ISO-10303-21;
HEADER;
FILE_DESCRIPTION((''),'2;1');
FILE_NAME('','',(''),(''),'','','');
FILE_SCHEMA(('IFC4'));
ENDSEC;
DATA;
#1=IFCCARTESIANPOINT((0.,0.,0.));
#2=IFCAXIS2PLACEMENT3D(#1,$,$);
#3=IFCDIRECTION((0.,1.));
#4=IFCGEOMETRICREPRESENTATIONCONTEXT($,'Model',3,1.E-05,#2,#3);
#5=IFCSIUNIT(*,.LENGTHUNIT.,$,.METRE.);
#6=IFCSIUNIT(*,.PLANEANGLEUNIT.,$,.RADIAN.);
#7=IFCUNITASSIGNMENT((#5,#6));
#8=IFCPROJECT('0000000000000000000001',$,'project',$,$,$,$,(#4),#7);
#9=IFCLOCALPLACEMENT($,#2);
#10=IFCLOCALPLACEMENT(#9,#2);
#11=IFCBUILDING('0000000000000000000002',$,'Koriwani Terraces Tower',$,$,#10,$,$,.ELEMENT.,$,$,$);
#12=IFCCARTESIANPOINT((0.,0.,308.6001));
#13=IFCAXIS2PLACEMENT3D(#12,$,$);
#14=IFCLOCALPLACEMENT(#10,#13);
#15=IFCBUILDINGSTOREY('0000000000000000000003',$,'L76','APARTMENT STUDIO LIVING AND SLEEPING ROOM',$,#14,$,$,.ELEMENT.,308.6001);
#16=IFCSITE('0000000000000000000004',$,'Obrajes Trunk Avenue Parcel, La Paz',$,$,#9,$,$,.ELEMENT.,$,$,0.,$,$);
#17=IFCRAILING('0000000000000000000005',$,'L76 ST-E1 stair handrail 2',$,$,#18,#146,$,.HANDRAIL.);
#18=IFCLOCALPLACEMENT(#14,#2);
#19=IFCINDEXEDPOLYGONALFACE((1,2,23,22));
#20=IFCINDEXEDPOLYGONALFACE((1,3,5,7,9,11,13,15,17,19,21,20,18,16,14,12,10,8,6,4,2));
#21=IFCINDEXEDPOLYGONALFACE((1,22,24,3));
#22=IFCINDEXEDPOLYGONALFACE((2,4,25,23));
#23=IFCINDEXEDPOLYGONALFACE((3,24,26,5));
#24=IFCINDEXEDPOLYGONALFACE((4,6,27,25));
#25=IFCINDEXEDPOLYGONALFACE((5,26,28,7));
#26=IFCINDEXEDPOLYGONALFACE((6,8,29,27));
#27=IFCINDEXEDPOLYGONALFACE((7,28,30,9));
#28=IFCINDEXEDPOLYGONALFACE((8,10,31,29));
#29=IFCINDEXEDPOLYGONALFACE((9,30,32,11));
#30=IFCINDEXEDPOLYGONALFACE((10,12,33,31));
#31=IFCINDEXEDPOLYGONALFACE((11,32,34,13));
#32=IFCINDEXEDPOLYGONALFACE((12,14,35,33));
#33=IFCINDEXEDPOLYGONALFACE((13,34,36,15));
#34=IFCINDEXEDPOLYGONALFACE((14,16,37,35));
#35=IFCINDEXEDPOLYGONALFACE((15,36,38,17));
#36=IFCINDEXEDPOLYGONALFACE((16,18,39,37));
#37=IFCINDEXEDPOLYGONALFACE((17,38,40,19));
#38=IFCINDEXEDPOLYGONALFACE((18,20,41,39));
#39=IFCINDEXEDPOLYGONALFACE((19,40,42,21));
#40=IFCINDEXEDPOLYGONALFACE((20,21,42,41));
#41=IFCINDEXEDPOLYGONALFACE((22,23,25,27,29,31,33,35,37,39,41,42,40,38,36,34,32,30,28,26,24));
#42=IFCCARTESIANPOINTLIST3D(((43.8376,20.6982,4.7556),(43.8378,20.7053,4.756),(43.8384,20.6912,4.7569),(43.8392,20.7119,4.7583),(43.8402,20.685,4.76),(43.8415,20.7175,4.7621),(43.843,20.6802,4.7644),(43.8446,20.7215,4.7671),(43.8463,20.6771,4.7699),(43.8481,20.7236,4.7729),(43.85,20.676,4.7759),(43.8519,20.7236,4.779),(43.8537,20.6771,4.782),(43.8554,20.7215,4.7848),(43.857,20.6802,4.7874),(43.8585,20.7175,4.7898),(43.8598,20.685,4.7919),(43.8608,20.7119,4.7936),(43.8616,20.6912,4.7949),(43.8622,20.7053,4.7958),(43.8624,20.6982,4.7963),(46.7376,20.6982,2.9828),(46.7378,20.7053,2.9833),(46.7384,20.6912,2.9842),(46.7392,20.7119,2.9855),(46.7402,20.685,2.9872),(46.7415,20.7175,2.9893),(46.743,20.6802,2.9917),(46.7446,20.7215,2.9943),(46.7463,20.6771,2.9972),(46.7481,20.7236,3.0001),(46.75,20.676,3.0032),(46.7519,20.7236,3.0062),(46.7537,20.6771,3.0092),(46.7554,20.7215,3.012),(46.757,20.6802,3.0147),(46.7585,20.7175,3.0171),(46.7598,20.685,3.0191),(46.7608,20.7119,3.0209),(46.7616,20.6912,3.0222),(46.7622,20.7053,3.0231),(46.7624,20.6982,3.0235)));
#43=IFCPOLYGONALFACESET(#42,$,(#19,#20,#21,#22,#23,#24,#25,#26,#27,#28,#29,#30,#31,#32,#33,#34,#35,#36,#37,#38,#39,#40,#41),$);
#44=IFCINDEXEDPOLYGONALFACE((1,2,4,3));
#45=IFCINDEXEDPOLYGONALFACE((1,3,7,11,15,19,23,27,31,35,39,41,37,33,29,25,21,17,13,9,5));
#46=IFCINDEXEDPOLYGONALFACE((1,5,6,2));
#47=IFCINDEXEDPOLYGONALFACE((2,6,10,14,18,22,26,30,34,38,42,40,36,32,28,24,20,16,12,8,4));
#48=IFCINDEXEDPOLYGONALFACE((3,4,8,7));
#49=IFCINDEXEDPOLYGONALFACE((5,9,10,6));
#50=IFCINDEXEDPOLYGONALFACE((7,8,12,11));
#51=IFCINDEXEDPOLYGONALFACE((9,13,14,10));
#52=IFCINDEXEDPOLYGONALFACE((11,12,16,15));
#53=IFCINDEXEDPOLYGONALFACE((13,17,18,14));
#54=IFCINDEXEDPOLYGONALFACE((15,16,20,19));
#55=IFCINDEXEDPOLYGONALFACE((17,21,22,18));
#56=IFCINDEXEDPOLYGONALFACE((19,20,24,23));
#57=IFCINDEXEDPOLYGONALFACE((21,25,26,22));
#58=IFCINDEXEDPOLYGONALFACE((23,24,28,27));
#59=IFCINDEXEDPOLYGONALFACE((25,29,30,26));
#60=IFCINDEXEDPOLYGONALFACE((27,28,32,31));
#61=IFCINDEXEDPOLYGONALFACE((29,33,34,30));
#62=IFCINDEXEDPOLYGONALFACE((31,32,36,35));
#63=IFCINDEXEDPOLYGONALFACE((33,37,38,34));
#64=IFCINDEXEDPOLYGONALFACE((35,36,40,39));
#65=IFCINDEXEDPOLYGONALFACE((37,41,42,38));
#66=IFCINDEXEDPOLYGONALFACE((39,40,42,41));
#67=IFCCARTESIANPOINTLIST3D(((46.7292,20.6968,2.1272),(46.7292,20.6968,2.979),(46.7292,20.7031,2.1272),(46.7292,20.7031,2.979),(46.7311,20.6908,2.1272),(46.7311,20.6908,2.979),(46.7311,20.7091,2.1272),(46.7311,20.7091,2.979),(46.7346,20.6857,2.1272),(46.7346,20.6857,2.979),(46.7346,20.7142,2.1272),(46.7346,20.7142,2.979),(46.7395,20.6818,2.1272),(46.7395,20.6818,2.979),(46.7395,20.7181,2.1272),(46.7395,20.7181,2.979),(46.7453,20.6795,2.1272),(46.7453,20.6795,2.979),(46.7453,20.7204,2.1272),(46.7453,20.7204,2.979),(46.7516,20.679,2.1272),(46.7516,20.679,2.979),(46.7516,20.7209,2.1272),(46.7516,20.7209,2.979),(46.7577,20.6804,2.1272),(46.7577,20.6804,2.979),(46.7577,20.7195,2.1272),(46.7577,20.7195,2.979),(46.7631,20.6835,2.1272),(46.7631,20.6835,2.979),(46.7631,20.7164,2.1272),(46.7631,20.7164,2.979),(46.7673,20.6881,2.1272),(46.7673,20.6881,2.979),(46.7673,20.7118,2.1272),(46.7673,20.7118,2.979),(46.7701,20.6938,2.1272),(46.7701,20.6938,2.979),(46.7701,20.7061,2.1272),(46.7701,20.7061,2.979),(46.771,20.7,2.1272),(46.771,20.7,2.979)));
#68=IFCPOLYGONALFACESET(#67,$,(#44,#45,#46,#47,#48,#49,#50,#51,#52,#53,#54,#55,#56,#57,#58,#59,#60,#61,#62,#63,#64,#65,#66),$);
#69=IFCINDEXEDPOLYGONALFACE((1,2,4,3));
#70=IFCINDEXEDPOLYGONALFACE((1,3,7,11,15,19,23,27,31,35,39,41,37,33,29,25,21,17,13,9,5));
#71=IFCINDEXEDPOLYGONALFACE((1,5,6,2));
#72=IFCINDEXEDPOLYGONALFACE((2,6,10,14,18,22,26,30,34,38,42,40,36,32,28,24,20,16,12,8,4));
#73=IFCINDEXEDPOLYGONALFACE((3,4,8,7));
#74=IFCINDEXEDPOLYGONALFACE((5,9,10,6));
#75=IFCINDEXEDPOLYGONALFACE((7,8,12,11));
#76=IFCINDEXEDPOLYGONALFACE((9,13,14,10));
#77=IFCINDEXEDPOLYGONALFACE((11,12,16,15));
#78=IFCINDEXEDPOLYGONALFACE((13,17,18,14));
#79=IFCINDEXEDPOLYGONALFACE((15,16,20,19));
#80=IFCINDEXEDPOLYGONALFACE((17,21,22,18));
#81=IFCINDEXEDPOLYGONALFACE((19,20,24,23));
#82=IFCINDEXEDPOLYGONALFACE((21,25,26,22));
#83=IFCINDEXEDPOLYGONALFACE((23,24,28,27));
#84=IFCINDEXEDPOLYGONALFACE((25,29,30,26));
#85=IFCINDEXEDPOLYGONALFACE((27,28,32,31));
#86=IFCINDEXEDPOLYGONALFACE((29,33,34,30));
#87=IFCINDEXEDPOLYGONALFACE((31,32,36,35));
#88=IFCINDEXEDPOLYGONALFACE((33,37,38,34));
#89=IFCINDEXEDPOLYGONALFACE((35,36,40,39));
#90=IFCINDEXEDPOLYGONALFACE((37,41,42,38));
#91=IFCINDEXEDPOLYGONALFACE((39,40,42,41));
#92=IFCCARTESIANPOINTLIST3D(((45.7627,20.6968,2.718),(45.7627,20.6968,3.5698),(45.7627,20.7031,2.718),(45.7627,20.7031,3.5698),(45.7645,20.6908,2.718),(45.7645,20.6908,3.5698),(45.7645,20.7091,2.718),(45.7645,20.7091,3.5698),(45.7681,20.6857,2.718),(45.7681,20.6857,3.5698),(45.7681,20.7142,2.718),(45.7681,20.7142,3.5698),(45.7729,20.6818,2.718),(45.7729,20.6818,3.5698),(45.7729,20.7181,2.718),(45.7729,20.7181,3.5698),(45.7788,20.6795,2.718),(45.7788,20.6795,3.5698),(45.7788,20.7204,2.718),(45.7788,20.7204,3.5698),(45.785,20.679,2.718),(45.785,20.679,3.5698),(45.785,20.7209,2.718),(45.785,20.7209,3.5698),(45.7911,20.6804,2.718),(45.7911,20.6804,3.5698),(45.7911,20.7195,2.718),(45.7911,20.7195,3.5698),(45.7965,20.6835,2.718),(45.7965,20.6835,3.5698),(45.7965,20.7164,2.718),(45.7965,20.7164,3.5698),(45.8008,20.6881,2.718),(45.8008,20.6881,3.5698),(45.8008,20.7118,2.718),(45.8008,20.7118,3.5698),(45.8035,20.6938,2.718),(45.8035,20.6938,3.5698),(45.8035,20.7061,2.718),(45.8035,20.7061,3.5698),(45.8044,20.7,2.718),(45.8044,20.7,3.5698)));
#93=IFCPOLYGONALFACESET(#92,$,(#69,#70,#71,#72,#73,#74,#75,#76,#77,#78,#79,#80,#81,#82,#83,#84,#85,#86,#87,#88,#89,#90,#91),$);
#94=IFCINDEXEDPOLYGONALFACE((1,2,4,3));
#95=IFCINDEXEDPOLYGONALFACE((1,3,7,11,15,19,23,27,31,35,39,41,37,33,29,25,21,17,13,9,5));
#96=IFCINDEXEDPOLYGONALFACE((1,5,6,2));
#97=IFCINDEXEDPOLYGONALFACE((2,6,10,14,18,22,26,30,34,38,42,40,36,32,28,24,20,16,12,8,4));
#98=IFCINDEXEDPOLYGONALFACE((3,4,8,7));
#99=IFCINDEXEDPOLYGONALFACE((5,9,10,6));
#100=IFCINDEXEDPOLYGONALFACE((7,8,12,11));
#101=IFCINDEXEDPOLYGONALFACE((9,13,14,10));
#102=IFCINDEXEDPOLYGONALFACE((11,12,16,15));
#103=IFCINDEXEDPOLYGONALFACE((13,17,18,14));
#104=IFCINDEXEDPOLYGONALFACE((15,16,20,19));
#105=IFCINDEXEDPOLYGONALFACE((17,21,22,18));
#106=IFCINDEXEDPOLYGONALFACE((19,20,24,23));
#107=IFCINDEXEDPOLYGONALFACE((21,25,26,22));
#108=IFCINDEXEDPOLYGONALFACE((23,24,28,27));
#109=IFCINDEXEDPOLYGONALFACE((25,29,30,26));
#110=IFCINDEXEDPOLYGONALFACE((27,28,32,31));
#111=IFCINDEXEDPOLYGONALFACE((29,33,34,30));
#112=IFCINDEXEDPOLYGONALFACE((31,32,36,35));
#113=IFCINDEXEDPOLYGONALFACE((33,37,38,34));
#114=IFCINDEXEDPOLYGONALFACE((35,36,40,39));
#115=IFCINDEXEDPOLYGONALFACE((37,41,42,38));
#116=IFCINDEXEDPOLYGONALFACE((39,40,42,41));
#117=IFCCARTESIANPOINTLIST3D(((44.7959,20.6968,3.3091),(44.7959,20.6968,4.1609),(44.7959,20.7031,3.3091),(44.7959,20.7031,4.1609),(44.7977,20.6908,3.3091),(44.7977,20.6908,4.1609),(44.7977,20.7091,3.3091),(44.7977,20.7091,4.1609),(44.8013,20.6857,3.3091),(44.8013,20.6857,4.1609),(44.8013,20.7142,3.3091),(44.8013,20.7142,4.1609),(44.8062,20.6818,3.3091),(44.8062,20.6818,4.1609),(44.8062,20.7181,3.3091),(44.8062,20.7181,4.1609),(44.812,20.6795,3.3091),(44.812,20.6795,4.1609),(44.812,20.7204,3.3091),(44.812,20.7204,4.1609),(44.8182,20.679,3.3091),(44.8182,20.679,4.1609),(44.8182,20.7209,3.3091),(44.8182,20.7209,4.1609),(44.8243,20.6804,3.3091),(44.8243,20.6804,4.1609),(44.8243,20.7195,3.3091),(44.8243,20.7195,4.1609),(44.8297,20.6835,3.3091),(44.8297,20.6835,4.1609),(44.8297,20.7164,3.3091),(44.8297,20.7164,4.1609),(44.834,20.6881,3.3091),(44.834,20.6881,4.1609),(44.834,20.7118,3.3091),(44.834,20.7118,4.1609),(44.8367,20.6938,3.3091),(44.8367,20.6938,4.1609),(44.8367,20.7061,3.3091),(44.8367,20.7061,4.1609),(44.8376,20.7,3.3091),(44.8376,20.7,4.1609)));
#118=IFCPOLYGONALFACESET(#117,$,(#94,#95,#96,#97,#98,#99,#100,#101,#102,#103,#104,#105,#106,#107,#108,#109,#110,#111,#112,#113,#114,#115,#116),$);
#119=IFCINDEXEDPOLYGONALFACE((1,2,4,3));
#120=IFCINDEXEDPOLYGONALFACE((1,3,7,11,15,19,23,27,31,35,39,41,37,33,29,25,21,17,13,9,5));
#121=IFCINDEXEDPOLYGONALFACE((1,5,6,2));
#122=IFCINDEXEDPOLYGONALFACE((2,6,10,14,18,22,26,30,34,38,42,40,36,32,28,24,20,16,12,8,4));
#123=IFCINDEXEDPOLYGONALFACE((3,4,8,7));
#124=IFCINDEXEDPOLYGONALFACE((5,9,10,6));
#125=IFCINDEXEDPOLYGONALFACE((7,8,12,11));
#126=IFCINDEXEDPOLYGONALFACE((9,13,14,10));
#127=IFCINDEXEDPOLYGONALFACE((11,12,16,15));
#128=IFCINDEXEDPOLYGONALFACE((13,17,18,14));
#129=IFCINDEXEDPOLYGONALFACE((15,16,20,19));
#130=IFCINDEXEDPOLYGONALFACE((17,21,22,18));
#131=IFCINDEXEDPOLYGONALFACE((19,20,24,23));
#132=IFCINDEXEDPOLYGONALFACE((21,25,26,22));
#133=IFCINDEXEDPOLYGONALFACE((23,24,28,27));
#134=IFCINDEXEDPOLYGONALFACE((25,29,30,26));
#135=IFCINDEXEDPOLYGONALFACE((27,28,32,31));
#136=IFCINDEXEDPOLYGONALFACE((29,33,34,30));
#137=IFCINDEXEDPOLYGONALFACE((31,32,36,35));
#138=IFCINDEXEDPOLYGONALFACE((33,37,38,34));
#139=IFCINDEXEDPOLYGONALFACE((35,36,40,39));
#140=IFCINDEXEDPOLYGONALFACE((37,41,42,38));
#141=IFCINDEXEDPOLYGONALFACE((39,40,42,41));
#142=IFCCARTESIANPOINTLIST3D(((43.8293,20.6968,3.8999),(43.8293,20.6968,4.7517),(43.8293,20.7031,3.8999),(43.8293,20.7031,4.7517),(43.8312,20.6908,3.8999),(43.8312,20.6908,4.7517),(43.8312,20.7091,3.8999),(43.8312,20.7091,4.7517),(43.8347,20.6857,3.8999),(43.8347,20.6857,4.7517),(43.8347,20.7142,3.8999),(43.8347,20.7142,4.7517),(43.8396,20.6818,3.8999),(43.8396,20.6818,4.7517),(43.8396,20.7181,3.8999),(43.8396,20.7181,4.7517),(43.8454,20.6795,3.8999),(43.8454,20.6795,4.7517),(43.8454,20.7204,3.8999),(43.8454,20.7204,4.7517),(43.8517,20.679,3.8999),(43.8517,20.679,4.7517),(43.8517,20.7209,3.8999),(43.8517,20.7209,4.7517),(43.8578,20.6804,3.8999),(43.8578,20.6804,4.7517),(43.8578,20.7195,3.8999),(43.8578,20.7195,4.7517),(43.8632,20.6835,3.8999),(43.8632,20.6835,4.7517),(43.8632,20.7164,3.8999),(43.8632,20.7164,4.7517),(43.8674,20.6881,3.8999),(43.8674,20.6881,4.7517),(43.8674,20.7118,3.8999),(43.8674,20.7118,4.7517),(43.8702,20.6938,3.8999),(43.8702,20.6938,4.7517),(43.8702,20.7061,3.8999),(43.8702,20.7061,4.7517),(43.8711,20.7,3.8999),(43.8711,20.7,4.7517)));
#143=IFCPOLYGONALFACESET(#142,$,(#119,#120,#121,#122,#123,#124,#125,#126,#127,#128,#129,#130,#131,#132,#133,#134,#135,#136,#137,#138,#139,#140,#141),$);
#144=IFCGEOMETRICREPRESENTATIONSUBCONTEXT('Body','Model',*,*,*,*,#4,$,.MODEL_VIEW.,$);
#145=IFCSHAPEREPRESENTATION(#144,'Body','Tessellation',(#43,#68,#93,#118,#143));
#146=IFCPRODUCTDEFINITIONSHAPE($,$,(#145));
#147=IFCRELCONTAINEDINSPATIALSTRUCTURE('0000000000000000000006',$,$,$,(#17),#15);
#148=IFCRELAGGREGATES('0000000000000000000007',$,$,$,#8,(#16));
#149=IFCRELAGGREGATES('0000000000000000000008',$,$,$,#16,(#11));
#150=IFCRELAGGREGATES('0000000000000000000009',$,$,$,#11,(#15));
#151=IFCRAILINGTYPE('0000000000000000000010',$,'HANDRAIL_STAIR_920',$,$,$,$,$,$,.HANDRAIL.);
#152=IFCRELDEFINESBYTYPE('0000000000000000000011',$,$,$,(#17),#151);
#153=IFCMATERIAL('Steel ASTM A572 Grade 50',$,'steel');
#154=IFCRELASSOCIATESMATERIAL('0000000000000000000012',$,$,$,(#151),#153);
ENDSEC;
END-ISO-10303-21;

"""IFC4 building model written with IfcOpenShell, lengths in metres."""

from ifc_helpers import new_model, si_unit, direction, frame, origin, origin_2d, place, context, subcontext, project, spatial, circle, extrude, material, type_object, element, save


model = new_model("IFC4")

# Units and contexts
model_context = context("Model", 3, precision=1e-05, world=origin(), true_north=direction((0.0, 1.0)))
body_context = subcontext(model_context, "Body", "Model", "MODEL_VIEW")
ifc_project = project(units=[si_unit("LENGTHUNIT", "METRE"), si_unit("PLANEANGLEUNIT", "RADIAN")], contexts=[model_context])

# Site, building, storey
site_placement = place(None, origin())
site = spatial("IfcSite", under=ifc_project, at=site_placement, Name="Obrajes Trunk Avenue Parcel, La Paz", CompositionType="ELEMENT", RefElevation=0.0)
building_placement = place(site_placement, origin())
building = spatial("IfcBuilding", under=site, at=building_placement, Name="Koriwani Terraces Tower", CompositionType="ELEMENT")
storey_placement = place(building_placement, frame((0.0, 0.0, 308.6001)))
storey = spatial("IfcBuildingStorey", under=building, at=storey_placement, Name="L76", Description="APARTMENT STUDIO LIVING AND SLEEPING ROOM", CompositionType="ELEMENT", Elevation=308.6001)

# Shared definitions
ifc_material_1 = material(Name="Steel ASTM A572 Grade 50", Category="steel")

# Railing
railing_type_1 = type_object("IfcRailingType", Name="HANDRAIL_STAIR_920", PredefinedType="HANDRAIL", material=ifc_material_1)
railing_1_placement = place(storey_placement, frame((46.75, 20.7, 2.1272)))
element("IfcRailing", 1, at=railing_1_placement, inside=storey, type_object=railing_type_1, Name="L76 ST-E1 stair handrail 2", PredefinedType="HANDRAIL", context=body_context, shape_type="SweptSolid", body=[
    extrude(circle(Radius=0.0239, at=origin_2d()), frame((0.0, 0.0, 0.876), z_axis=(-0.853211, 0.0, 0.521566), x_axis=(0.0, -1.0, 0.0)), (0.0, 0.0, 1.0), 3.3989),
    extrude(circle(Radius=0.021, at=origin_2d()), origin(), (0.0, 0.0, 1.0), 0.8518),
    extrude(circle(Radius=0.021, at=origin_2d()), frame((-0.9666, 0.0, 0.5908)), (0.0, 0.0, 1.0), 0.8518),
    extrude(circle(Radius=0.021, at=origin_2d()), frame((-1.9333, 0.0, 1.1819)), (0.0, 0.0, 1.0), 0.8518),
    extrude(circle(Radius=0.021, at=origin_2d()), frame((-2.8999, 0.0, 1.7727)), (0.0, 0.0, 1.0), 0.8518),
])

save(model, "model.ifc")
